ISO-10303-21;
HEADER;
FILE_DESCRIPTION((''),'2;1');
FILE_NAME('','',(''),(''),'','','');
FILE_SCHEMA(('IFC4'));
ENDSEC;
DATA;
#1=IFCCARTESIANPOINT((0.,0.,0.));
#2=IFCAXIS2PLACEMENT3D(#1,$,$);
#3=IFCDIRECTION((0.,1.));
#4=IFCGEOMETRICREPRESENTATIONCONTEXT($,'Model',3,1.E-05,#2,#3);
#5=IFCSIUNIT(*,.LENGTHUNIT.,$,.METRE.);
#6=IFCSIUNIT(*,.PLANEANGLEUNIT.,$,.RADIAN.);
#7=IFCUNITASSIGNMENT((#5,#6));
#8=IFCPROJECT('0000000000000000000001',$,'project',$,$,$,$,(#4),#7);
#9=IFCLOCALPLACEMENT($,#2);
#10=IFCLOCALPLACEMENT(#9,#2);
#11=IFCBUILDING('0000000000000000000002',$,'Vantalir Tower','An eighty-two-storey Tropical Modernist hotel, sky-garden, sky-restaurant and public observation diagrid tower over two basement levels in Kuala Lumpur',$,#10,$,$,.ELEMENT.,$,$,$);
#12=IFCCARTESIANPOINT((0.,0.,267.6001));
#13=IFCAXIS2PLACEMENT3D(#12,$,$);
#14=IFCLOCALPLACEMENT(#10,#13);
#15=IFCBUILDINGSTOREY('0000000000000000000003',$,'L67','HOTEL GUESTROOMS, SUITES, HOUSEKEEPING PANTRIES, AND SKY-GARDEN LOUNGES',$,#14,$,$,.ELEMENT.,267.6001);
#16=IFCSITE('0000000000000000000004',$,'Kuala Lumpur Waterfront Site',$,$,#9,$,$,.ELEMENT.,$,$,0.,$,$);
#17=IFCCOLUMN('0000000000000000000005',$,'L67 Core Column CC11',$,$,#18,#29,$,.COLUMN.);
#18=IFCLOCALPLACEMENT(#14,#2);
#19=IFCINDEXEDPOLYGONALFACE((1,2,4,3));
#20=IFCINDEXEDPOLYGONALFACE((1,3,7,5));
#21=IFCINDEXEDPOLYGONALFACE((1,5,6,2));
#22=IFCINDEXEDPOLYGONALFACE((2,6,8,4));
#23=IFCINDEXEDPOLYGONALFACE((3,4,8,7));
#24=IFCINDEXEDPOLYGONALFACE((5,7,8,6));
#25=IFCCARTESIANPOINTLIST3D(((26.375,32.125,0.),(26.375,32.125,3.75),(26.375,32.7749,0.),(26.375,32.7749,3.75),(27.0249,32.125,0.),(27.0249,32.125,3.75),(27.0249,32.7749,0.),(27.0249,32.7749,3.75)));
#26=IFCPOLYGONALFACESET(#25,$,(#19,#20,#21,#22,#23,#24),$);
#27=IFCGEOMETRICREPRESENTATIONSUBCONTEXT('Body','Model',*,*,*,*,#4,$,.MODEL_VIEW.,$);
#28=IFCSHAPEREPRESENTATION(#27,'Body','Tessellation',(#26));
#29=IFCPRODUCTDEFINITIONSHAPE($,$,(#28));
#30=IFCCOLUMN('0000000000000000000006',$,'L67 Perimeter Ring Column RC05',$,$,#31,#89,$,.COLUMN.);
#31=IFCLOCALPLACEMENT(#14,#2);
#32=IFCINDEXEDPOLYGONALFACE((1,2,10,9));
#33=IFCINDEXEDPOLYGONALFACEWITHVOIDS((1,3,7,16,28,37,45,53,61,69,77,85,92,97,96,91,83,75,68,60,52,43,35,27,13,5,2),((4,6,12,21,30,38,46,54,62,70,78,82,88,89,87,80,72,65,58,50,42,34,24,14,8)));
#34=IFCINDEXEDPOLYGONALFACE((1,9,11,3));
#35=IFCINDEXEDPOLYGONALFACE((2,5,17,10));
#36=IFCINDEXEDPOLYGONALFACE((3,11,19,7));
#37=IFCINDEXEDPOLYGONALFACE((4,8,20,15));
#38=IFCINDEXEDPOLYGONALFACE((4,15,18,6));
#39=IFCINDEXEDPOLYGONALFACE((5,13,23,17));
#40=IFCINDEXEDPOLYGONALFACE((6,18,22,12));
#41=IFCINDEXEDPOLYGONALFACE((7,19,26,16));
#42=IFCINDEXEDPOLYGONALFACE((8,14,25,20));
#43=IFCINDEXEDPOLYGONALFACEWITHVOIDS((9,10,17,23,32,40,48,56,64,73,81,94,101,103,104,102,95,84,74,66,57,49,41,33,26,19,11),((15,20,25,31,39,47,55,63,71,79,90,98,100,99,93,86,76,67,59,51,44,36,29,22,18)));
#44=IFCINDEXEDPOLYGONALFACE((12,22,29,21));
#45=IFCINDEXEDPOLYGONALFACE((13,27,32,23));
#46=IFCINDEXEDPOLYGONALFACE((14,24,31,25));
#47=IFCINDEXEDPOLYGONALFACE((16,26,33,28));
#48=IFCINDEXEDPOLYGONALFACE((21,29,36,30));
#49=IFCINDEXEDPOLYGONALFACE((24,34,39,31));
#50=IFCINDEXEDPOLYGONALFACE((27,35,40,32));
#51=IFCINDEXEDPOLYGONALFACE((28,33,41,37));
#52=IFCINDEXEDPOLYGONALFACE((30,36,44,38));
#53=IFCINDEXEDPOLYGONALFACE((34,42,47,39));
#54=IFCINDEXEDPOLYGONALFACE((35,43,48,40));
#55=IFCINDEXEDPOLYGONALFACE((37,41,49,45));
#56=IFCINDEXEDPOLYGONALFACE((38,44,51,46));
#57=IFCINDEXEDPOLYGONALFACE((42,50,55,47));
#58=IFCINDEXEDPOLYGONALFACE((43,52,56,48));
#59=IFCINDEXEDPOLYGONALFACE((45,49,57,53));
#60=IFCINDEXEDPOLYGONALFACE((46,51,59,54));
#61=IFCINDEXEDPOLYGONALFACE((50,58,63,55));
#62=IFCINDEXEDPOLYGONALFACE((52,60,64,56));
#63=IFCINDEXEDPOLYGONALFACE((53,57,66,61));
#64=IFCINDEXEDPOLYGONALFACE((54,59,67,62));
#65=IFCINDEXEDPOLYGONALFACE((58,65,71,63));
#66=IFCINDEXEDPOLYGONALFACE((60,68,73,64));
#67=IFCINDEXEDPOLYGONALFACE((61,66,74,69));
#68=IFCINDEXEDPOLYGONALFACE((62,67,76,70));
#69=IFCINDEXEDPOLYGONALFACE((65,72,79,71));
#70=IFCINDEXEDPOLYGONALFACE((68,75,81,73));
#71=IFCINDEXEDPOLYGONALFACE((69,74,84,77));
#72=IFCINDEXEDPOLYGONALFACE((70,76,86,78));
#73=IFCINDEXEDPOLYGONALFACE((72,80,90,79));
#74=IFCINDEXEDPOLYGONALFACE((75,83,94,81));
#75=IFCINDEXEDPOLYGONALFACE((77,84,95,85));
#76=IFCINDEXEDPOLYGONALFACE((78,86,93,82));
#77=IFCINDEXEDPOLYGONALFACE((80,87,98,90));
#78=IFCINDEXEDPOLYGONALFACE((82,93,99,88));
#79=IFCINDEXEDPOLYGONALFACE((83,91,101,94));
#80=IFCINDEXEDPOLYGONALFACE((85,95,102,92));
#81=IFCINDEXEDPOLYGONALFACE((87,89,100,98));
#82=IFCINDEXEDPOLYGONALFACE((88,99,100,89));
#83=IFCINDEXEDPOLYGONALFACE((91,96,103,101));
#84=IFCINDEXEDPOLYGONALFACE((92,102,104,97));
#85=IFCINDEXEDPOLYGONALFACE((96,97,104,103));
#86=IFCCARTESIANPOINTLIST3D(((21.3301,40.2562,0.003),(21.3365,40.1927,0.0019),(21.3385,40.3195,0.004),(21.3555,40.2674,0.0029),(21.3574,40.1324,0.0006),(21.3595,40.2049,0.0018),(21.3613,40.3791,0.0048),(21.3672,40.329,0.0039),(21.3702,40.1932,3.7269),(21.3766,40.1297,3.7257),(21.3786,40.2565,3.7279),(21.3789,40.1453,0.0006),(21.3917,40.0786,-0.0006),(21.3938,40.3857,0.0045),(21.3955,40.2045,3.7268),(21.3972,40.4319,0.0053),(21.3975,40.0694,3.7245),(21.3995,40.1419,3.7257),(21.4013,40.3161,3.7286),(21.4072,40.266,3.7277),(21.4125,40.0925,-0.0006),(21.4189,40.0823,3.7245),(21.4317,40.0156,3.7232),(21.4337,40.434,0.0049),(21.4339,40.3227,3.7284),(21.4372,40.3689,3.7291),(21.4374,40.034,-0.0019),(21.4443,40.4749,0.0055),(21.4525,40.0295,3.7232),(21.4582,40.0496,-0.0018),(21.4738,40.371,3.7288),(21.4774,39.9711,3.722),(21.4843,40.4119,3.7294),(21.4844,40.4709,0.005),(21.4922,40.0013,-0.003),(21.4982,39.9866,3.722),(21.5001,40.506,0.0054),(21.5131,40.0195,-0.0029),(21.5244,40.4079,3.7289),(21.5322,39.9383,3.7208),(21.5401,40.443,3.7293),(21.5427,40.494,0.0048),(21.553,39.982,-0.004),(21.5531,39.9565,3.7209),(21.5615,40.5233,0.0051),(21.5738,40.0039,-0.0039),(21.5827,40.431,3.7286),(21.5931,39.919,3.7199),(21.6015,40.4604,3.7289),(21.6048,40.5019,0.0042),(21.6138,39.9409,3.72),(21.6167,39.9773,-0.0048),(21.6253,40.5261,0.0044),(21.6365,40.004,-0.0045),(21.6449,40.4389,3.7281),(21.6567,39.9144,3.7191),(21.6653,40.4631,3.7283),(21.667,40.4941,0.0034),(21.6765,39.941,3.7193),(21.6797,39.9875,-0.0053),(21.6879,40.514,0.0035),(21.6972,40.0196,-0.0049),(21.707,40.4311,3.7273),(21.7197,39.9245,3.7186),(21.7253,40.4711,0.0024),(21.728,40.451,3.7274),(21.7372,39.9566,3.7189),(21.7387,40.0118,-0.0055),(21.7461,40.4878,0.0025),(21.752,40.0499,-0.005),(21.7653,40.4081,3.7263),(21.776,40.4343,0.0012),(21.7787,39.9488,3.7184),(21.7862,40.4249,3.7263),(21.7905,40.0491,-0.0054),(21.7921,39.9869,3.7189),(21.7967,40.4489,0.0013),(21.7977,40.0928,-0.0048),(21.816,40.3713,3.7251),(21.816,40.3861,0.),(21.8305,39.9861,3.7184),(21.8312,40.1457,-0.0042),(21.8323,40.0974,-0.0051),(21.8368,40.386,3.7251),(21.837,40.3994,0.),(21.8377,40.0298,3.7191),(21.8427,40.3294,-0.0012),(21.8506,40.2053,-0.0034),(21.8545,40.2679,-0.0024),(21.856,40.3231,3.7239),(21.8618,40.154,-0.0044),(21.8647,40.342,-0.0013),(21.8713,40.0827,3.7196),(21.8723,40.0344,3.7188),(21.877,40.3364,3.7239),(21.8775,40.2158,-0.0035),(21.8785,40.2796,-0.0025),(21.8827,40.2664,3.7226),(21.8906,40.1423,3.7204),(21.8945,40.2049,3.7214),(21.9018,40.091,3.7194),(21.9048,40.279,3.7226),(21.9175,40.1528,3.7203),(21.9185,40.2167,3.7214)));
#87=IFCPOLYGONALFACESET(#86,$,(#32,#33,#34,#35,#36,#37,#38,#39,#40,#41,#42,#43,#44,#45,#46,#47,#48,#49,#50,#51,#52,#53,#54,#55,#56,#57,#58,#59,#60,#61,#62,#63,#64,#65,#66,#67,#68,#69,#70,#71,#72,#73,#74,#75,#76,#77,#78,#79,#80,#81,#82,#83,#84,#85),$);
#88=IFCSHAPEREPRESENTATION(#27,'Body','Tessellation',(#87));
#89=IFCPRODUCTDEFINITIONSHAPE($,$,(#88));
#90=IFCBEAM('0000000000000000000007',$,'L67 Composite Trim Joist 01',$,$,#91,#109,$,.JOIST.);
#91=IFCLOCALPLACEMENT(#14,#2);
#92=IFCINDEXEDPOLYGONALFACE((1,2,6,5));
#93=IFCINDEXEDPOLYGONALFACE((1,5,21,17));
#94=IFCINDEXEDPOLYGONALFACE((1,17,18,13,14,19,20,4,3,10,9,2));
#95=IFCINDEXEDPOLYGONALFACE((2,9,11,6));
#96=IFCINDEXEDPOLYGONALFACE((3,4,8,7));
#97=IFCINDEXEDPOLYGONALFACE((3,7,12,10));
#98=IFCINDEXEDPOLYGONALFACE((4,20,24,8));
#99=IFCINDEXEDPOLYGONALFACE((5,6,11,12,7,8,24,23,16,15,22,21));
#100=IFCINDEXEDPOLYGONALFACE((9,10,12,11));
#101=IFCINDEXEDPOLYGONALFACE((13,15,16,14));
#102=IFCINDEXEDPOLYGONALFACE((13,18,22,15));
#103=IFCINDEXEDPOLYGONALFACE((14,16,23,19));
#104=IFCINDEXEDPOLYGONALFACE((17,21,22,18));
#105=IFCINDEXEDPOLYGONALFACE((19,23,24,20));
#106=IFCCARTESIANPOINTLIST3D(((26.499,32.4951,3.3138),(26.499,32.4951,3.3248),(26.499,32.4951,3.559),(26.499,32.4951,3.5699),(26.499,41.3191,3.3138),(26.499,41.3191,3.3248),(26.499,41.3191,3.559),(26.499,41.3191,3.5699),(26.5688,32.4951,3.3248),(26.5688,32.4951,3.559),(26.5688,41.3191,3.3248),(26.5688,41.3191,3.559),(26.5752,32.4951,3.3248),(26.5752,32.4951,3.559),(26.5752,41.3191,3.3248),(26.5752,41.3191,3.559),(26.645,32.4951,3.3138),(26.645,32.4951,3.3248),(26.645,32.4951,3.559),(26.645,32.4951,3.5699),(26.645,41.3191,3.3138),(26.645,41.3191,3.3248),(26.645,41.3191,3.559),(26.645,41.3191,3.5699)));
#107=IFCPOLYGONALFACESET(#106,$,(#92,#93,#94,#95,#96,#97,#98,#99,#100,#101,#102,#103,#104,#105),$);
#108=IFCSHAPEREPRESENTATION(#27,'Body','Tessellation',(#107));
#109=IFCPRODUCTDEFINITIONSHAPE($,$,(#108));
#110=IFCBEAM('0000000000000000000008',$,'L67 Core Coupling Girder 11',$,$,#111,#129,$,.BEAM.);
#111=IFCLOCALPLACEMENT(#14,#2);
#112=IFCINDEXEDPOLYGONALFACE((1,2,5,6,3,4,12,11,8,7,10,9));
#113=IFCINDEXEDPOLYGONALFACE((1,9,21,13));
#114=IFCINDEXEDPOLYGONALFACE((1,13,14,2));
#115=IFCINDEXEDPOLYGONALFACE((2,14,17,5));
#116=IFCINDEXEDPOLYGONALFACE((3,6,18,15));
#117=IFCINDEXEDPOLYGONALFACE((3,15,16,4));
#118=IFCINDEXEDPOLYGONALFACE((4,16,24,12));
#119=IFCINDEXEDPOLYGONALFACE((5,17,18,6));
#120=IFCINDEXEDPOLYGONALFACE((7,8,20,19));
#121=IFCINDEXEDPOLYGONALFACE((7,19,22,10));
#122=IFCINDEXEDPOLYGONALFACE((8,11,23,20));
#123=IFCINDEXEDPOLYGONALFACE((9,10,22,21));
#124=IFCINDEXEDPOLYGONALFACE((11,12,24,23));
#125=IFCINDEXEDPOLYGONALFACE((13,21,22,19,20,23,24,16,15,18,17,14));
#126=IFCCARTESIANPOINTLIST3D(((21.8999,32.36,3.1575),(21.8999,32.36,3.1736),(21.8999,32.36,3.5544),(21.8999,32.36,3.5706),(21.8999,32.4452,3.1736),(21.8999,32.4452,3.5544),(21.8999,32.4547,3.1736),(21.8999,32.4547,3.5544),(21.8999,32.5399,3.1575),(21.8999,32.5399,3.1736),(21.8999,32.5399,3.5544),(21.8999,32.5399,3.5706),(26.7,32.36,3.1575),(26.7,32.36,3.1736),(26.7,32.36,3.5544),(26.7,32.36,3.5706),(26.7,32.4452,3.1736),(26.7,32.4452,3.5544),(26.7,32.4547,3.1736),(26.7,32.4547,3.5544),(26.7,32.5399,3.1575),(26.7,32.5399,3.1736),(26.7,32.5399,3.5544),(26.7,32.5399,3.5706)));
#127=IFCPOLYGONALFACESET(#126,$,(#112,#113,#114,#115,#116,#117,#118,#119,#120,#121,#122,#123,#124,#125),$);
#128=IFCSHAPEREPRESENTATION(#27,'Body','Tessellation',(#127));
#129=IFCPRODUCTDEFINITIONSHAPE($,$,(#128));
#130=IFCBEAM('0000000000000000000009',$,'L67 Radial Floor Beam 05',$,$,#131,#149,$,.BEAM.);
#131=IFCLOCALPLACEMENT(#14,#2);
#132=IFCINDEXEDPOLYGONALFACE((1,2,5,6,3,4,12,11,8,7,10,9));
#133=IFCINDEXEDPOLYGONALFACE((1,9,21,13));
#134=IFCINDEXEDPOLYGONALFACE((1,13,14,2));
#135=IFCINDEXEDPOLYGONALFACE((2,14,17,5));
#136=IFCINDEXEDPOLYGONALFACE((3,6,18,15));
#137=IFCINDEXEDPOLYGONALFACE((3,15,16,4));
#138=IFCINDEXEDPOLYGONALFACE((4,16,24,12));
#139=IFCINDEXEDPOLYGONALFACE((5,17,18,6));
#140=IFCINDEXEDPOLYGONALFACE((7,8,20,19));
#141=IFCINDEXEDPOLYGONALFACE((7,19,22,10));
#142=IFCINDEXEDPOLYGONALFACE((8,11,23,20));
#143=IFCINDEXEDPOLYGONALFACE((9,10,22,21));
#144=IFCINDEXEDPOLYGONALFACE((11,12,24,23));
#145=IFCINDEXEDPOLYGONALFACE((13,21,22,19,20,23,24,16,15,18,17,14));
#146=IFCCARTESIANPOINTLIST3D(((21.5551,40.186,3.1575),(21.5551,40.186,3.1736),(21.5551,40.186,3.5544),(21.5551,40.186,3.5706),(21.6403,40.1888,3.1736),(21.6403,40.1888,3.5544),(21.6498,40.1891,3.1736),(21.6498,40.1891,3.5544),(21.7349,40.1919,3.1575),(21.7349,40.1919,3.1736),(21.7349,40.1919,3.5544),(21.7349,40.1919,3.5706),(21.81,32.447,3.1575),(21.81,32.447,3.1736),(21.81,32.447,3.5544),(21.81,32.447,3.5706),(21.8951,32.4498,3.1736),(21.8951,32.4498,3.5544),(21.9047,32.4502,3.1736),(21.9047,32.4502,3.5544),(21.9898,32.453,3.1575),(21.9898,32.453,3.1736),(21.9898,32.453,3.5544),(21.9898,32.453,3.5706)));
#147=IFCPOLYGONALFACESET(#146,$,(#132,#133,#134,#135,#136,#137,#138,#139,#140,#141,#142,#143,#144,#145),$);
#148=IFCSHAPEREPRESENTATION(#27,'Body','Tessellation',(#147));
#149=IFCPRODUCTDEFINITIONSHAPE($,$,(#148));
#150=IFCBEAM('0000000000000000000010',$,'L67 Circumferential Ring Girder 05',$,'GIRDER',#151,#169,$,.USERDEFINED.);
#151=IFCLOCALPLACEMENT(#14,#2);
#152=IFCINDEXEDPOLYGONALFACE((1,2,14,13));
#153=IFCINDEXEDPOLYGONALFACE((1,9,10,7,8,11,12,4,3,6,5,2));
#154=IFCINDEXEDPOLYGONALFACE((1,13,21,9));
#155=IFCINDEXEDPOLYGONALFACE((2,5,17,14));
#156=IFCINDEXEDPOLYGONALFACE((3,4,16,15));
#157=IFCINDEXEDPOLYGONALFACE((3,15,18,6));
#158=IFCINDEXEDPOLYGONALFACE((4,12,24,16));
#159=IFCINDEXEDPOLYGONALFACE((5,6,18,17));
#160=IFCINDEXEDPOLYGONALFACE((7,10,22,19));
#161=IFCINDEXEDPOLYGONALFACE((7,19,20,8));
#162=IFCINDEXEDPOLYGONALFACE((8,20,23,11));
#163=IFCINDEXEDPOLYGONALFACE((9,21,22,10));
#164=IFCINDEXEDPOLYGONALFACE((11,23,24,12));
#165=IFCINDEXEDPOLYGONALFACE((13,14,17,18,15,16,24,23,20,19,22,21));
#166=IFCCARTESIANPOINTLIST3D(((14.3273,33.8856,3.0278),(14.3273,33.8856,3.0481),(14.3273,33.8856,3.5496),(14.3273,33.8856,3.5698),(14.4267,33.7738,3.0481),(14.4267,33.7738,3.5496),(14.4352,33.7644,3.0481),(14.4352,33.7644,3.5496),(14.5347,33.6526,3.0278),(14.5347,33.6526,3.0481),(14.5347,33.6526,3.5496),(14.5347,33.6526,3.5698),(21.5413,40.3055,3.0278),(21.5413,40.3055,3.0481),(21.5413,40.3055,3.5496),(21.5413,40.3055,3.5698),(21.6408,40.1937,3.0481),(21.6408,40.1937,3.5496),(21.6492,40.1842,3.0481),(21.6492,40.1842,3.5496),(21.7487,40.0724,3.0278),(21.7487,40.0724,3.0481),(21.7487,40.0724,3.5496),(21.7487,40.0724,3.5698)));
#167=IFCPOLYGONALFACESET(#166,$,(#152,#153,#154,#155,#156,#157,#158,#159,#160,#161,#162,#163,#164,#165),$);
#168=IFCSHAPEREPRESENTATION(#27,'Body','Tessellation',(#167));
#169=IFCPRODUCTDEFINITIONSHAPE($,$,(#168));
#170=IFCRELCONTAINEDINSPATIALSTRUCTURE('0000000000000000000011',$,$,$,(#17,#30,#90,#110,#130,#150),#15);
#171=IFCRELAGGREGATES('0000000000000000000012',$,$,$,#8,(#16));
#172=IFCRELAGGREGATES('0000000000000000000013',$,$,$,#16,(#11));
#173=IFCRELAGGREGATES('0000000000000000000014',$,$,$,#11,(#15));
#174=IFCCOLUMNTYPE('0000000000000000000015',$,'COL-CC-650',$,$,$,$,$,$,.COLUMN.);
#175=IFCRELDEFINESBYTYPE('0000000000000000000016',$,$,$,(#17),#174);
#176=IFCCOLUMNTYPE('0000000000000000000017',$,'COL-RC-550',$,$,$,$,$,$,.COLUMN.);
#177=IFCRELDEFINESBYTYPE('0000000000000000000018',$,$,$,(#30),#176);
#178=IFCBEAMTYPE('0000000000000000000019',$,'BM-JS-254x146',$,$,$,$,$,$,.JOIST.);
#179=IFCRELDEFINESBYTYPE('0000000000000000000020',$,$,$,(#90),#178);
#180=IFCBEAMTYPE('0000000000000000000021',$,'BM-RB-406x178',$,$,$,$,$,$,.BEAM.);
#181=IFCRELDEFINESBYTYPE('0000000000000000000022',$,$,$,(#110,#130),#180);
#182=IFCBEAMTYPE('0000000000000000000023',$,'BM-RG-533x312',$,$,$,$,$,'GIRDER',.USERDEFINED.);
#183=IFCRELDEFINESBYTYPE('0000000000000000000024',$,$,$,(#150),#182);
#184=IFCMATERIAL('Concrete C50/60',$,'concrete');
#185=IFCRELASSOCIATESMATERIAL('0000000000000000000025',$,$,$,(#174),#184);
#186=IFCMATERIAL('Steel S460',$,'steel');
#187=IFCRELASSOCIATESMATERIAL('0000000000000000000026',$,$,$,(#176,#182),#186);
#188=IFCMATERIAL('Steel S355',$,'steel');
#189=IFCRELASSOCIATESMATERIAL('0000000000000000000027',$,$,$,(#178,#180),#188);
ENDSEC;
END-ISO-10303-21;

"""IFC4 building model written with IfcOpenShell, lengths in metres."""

from ifc_helpers import new_model, si_unit, direction, frame, origin, origin_2d, place, context, subcontext, project, spatial, rectangle, hollow_circle, i_section, extrude, material, material_profile, profile_set, type_object, element, save


model = new_model("IFC4")

# Units and contexts
model_context = context("Model", 3, precision=1e-05, world=origin(), true_north=direction((0.0, 1.0)))
body_context = subcontext(model_context, "Body", "Model", "MODEL_VIEW")
ifc_project = project(units=[si_unit("LENGTHUNIT", "METRE"), si_unit("PLANEANGLEUNIT", "RADIAN")], contexts=[model_context])

# Site, building, storey
site_placement = place(None, origin())
site = spatial("IfcSite", under=ifc_project, at=site_placement, Name="Kuala Lumpur Waterfront Site", CompositionType="ELEMENT", RefElevation=0.0)
building_placement = place(site_placement, origin())
building = spatial("IfcBuilding", under=site, at=building_placement, Name="Vantalir Tower", Description="An eighty-two-storey Tropical Modernist hotel, sky-garden, sky-restaurant and public observation diagrid tower over two basement levels in Kuala Lumpur", CompositionType="ELEMENT")
storey_placement = place(building_placement, frame((0.0, 0.0, 267.6001)))
storey = spatial("IfcBuildingStorey", under=building, at=storey_placement, Name="L67", Description="HOTEL GUESTROOMS, SUITES, HOUSEKEEPING PANTRIES, AND SKY-GARDEN LOUNGES", CompositionType="ELEMENT", Elevation=267.6001)

# Columns
ifc_material_1 = material(Name="Concrete C50/60", Category="concrete")
ifc_material_profile_1 = material_profile(ifc_material_1, rectangle(XDim=0.6499, YDim=0.6499, at=origin_2d()), Name="Concrete C50/60")
ifc_profile_set_1 = profile_set([ifc_material_profile_1], Name="Concrete C50/60")
column_type_1 = type_object("IfcColumnType", Name="COL-CC-650", PredefinedType="COLUMN", material=ifc_profile_set_1)
column_1_placement = place(storey_placement, frame((26.7, 32.45, 0.0), z_axis=(0.0, 0.0, 1.0), x_axis=(1.0, 0.0, 0.0)))
element("IfcColumn", 1, at=column_1_placement, inside=storey, type_object=column_type_1, Name="L67 Core Column CC11", PredefinedType="COLUMN", context=body_context, shape_type="SweptSolid", body=[
    extrude(rectangle(XDim=0.6499, YDim=0.6499, at=origin_2d()), origin(), (0.0, 0.0, 1.0), 3.75),
])
ifc_material_2 = material(Name="Steel S460", Category="steel")
ifc_material_profile_2 = material_profile(ifc_material_2, hollow_circle(Radius=0.2749, WallThickness=0.0249, at=origin_2d()), Name="Steel S460")
ifc_profile_set_2 = profile_set([ifc_material_profile_2], Name="Steel S460")
column_type_2 = type_object("IfcColumnType", Name="COL-RC-550", PredefinedType="COLUMN", material=ifc_profile_set_2)
column_2_placement = place(storey_placement, frame((21.605, 40.252, 0.0), z_axis=(0.01075, -0.016911, 0.999799), x_axis=(0.843931, 0.536452, 0.0)))
element("IfcColumn", 2, at=column_2_placement, inside=storey, type_object=column_type_2, Name="L67 Perimeter Ring Column RC05", PredefinedType="COLUMN", context=body_context, shape_type="SweptSolid", body=[
    extrude(hollow_circle(Radius=0.2749, WallThickness=0.0249, at=origin_2d()), origin(), (0.0, 0.0, 1.0), 3.7246),
])

# Beams
ifc_material_3 = material(Name="Steel S355", Category="steel")
ifc_material_profile_3 = material_profile(ifc_material_3, i_section(OverallWidth=0.146, OverallDepth=0.2561, WebThickness=0.0063, FlangeThickness=0.011, at=origin_2d()), Name="Steel S355")
ifc_profile_set_3 = profile_set([ifc_material_profile_3], Name="Steel S355")
beam_type_1 = type_object("IfcBeamType", Name="BM-JS-254x146", PredefinedType="JOIST", material=ifc_profile_set_3)
beam_1_placement = place(storey_placement, frame((26.572, 41.3191, 3.4419), z_axis=(0.0, -1.0, 0.0), x_axis=(1.0, 0.0, 0.0)))
element("IfcBeam", 3, at=beam_1_placement, inside=storey, type_object=beam_type_1, Name="L67 Composite Trim Joist 01", PredefinedType="JOIST", context=body_context, shape_type="SweptSolid", body=[
    extrude(i_section(OverallWidth=0.146, OverallDepth=0.2561, WebThickness=0.0063, FlangeThickness=0.011, at=origin_2d()), origin(), (0.0, 0.0, 1.0), 8.824),
])
ifc_material_profile_4 = material_profile(ifc_material_3, i_section(OverallWidth=0.1799, OverallDepth=0.4131, WebThickness=0.0095, FlangeThickness=0.0161, at=origin_2d()), Name="Steel S355")
ifc_profile_set_4 = profile_set([ifc_material_profile_4], Name="Steel S355")
beam_type_2 = type_object("IfcBeamType", Name="BM-RB-406x178", PredefinedType="BEAM", material=ifc_profile_set_4)
beam_2_placement = place(storey_placement, frame((26.7, 32.45, 3.364), z_axis=(-1.0, 0.0, 0.0), x_axis=(0.0, -1.0, 0.0)))
element("IfcBeam", 4, at=beam_2_placement, inside=storey, type_object=beam_type_2, Name="L67 Core Coupling Girder 11", PredefinedType="BEAM", context=body_context, shape_type="SweptSolid", body=[
    extrude(i_section(OverallWidth=0.1799, OverallDepth=0.4131, WebThickness=0.0095, FlangeThickness=0.0161, at=origin_2d()), origin(), (0.0, 0.0, 1.0), 4.8),
])
beam_3_placement = place(storey_placement, frame((21.645, 40.189, 3.364), z_axis=(0.032917, -0.999458, 0.0), x_axis=(0.999458, 0.032917, 0.0)))
element("IfcBeam", 5, at=beam_3_placement, inside=storey, type_object=beam_type_2, Name="L67 Radial Floor Beam 05", PredefinedType="BEAM", context=body_context, shape_type="SweptSolid", body=[
    extrude(i_section(OverallWidth=0.1799, OverallDepth=0.4131, WebThickness=0.0095, FlangeThickness=0.0161, at=origin_2d()), origin(), (0.0, 0.0, 1.0), 7.7432),
])
ifc_material_profile_5 = material_profile(ifc_material_2, i_section(OverallWidth=0.312, OverallDepth=0.542, WebThickness=0.0127, FlangeThickness=0.0203, at=origin_2d()), Name="Steel S460")
ifc_profile_set_5 = profile_set([ifc_material_profile_5], Name="Steel S460")
beam_type_3 = type_object("IfcBeamType", Name="BM-RG-533x312", ElementType="GIRDER", PredefinedType="USERDEFINED", material=ifc_profile_set_5)
beam_4_placement = place(storey_placement, frame((21.645, 40.189, 3.2988), z_axis=(-0.74703, -0.664791, 0.0), x_axis=(0.664791, -0.74703, 0.0)))
element("IfcBeam", 6, at=beam_4_placement, inside=storey, type_object=beam_type_3, Name="L67 Circumferential Ring Girder 05", ObjectType="GIRDER", PredefinedType="USERDEFINED", context=body_context, shape_type="SweptSolid", body=[
    extrude(i_section(OverallWidth=0.312, OverallDepth=0.542, WebThickness=0.0127, FlangeThickness=0.0203, at=origin_2d()), origin(), (0.0, 0.0, 1.0), 9.657),
])

save(model, "model.ifc")
